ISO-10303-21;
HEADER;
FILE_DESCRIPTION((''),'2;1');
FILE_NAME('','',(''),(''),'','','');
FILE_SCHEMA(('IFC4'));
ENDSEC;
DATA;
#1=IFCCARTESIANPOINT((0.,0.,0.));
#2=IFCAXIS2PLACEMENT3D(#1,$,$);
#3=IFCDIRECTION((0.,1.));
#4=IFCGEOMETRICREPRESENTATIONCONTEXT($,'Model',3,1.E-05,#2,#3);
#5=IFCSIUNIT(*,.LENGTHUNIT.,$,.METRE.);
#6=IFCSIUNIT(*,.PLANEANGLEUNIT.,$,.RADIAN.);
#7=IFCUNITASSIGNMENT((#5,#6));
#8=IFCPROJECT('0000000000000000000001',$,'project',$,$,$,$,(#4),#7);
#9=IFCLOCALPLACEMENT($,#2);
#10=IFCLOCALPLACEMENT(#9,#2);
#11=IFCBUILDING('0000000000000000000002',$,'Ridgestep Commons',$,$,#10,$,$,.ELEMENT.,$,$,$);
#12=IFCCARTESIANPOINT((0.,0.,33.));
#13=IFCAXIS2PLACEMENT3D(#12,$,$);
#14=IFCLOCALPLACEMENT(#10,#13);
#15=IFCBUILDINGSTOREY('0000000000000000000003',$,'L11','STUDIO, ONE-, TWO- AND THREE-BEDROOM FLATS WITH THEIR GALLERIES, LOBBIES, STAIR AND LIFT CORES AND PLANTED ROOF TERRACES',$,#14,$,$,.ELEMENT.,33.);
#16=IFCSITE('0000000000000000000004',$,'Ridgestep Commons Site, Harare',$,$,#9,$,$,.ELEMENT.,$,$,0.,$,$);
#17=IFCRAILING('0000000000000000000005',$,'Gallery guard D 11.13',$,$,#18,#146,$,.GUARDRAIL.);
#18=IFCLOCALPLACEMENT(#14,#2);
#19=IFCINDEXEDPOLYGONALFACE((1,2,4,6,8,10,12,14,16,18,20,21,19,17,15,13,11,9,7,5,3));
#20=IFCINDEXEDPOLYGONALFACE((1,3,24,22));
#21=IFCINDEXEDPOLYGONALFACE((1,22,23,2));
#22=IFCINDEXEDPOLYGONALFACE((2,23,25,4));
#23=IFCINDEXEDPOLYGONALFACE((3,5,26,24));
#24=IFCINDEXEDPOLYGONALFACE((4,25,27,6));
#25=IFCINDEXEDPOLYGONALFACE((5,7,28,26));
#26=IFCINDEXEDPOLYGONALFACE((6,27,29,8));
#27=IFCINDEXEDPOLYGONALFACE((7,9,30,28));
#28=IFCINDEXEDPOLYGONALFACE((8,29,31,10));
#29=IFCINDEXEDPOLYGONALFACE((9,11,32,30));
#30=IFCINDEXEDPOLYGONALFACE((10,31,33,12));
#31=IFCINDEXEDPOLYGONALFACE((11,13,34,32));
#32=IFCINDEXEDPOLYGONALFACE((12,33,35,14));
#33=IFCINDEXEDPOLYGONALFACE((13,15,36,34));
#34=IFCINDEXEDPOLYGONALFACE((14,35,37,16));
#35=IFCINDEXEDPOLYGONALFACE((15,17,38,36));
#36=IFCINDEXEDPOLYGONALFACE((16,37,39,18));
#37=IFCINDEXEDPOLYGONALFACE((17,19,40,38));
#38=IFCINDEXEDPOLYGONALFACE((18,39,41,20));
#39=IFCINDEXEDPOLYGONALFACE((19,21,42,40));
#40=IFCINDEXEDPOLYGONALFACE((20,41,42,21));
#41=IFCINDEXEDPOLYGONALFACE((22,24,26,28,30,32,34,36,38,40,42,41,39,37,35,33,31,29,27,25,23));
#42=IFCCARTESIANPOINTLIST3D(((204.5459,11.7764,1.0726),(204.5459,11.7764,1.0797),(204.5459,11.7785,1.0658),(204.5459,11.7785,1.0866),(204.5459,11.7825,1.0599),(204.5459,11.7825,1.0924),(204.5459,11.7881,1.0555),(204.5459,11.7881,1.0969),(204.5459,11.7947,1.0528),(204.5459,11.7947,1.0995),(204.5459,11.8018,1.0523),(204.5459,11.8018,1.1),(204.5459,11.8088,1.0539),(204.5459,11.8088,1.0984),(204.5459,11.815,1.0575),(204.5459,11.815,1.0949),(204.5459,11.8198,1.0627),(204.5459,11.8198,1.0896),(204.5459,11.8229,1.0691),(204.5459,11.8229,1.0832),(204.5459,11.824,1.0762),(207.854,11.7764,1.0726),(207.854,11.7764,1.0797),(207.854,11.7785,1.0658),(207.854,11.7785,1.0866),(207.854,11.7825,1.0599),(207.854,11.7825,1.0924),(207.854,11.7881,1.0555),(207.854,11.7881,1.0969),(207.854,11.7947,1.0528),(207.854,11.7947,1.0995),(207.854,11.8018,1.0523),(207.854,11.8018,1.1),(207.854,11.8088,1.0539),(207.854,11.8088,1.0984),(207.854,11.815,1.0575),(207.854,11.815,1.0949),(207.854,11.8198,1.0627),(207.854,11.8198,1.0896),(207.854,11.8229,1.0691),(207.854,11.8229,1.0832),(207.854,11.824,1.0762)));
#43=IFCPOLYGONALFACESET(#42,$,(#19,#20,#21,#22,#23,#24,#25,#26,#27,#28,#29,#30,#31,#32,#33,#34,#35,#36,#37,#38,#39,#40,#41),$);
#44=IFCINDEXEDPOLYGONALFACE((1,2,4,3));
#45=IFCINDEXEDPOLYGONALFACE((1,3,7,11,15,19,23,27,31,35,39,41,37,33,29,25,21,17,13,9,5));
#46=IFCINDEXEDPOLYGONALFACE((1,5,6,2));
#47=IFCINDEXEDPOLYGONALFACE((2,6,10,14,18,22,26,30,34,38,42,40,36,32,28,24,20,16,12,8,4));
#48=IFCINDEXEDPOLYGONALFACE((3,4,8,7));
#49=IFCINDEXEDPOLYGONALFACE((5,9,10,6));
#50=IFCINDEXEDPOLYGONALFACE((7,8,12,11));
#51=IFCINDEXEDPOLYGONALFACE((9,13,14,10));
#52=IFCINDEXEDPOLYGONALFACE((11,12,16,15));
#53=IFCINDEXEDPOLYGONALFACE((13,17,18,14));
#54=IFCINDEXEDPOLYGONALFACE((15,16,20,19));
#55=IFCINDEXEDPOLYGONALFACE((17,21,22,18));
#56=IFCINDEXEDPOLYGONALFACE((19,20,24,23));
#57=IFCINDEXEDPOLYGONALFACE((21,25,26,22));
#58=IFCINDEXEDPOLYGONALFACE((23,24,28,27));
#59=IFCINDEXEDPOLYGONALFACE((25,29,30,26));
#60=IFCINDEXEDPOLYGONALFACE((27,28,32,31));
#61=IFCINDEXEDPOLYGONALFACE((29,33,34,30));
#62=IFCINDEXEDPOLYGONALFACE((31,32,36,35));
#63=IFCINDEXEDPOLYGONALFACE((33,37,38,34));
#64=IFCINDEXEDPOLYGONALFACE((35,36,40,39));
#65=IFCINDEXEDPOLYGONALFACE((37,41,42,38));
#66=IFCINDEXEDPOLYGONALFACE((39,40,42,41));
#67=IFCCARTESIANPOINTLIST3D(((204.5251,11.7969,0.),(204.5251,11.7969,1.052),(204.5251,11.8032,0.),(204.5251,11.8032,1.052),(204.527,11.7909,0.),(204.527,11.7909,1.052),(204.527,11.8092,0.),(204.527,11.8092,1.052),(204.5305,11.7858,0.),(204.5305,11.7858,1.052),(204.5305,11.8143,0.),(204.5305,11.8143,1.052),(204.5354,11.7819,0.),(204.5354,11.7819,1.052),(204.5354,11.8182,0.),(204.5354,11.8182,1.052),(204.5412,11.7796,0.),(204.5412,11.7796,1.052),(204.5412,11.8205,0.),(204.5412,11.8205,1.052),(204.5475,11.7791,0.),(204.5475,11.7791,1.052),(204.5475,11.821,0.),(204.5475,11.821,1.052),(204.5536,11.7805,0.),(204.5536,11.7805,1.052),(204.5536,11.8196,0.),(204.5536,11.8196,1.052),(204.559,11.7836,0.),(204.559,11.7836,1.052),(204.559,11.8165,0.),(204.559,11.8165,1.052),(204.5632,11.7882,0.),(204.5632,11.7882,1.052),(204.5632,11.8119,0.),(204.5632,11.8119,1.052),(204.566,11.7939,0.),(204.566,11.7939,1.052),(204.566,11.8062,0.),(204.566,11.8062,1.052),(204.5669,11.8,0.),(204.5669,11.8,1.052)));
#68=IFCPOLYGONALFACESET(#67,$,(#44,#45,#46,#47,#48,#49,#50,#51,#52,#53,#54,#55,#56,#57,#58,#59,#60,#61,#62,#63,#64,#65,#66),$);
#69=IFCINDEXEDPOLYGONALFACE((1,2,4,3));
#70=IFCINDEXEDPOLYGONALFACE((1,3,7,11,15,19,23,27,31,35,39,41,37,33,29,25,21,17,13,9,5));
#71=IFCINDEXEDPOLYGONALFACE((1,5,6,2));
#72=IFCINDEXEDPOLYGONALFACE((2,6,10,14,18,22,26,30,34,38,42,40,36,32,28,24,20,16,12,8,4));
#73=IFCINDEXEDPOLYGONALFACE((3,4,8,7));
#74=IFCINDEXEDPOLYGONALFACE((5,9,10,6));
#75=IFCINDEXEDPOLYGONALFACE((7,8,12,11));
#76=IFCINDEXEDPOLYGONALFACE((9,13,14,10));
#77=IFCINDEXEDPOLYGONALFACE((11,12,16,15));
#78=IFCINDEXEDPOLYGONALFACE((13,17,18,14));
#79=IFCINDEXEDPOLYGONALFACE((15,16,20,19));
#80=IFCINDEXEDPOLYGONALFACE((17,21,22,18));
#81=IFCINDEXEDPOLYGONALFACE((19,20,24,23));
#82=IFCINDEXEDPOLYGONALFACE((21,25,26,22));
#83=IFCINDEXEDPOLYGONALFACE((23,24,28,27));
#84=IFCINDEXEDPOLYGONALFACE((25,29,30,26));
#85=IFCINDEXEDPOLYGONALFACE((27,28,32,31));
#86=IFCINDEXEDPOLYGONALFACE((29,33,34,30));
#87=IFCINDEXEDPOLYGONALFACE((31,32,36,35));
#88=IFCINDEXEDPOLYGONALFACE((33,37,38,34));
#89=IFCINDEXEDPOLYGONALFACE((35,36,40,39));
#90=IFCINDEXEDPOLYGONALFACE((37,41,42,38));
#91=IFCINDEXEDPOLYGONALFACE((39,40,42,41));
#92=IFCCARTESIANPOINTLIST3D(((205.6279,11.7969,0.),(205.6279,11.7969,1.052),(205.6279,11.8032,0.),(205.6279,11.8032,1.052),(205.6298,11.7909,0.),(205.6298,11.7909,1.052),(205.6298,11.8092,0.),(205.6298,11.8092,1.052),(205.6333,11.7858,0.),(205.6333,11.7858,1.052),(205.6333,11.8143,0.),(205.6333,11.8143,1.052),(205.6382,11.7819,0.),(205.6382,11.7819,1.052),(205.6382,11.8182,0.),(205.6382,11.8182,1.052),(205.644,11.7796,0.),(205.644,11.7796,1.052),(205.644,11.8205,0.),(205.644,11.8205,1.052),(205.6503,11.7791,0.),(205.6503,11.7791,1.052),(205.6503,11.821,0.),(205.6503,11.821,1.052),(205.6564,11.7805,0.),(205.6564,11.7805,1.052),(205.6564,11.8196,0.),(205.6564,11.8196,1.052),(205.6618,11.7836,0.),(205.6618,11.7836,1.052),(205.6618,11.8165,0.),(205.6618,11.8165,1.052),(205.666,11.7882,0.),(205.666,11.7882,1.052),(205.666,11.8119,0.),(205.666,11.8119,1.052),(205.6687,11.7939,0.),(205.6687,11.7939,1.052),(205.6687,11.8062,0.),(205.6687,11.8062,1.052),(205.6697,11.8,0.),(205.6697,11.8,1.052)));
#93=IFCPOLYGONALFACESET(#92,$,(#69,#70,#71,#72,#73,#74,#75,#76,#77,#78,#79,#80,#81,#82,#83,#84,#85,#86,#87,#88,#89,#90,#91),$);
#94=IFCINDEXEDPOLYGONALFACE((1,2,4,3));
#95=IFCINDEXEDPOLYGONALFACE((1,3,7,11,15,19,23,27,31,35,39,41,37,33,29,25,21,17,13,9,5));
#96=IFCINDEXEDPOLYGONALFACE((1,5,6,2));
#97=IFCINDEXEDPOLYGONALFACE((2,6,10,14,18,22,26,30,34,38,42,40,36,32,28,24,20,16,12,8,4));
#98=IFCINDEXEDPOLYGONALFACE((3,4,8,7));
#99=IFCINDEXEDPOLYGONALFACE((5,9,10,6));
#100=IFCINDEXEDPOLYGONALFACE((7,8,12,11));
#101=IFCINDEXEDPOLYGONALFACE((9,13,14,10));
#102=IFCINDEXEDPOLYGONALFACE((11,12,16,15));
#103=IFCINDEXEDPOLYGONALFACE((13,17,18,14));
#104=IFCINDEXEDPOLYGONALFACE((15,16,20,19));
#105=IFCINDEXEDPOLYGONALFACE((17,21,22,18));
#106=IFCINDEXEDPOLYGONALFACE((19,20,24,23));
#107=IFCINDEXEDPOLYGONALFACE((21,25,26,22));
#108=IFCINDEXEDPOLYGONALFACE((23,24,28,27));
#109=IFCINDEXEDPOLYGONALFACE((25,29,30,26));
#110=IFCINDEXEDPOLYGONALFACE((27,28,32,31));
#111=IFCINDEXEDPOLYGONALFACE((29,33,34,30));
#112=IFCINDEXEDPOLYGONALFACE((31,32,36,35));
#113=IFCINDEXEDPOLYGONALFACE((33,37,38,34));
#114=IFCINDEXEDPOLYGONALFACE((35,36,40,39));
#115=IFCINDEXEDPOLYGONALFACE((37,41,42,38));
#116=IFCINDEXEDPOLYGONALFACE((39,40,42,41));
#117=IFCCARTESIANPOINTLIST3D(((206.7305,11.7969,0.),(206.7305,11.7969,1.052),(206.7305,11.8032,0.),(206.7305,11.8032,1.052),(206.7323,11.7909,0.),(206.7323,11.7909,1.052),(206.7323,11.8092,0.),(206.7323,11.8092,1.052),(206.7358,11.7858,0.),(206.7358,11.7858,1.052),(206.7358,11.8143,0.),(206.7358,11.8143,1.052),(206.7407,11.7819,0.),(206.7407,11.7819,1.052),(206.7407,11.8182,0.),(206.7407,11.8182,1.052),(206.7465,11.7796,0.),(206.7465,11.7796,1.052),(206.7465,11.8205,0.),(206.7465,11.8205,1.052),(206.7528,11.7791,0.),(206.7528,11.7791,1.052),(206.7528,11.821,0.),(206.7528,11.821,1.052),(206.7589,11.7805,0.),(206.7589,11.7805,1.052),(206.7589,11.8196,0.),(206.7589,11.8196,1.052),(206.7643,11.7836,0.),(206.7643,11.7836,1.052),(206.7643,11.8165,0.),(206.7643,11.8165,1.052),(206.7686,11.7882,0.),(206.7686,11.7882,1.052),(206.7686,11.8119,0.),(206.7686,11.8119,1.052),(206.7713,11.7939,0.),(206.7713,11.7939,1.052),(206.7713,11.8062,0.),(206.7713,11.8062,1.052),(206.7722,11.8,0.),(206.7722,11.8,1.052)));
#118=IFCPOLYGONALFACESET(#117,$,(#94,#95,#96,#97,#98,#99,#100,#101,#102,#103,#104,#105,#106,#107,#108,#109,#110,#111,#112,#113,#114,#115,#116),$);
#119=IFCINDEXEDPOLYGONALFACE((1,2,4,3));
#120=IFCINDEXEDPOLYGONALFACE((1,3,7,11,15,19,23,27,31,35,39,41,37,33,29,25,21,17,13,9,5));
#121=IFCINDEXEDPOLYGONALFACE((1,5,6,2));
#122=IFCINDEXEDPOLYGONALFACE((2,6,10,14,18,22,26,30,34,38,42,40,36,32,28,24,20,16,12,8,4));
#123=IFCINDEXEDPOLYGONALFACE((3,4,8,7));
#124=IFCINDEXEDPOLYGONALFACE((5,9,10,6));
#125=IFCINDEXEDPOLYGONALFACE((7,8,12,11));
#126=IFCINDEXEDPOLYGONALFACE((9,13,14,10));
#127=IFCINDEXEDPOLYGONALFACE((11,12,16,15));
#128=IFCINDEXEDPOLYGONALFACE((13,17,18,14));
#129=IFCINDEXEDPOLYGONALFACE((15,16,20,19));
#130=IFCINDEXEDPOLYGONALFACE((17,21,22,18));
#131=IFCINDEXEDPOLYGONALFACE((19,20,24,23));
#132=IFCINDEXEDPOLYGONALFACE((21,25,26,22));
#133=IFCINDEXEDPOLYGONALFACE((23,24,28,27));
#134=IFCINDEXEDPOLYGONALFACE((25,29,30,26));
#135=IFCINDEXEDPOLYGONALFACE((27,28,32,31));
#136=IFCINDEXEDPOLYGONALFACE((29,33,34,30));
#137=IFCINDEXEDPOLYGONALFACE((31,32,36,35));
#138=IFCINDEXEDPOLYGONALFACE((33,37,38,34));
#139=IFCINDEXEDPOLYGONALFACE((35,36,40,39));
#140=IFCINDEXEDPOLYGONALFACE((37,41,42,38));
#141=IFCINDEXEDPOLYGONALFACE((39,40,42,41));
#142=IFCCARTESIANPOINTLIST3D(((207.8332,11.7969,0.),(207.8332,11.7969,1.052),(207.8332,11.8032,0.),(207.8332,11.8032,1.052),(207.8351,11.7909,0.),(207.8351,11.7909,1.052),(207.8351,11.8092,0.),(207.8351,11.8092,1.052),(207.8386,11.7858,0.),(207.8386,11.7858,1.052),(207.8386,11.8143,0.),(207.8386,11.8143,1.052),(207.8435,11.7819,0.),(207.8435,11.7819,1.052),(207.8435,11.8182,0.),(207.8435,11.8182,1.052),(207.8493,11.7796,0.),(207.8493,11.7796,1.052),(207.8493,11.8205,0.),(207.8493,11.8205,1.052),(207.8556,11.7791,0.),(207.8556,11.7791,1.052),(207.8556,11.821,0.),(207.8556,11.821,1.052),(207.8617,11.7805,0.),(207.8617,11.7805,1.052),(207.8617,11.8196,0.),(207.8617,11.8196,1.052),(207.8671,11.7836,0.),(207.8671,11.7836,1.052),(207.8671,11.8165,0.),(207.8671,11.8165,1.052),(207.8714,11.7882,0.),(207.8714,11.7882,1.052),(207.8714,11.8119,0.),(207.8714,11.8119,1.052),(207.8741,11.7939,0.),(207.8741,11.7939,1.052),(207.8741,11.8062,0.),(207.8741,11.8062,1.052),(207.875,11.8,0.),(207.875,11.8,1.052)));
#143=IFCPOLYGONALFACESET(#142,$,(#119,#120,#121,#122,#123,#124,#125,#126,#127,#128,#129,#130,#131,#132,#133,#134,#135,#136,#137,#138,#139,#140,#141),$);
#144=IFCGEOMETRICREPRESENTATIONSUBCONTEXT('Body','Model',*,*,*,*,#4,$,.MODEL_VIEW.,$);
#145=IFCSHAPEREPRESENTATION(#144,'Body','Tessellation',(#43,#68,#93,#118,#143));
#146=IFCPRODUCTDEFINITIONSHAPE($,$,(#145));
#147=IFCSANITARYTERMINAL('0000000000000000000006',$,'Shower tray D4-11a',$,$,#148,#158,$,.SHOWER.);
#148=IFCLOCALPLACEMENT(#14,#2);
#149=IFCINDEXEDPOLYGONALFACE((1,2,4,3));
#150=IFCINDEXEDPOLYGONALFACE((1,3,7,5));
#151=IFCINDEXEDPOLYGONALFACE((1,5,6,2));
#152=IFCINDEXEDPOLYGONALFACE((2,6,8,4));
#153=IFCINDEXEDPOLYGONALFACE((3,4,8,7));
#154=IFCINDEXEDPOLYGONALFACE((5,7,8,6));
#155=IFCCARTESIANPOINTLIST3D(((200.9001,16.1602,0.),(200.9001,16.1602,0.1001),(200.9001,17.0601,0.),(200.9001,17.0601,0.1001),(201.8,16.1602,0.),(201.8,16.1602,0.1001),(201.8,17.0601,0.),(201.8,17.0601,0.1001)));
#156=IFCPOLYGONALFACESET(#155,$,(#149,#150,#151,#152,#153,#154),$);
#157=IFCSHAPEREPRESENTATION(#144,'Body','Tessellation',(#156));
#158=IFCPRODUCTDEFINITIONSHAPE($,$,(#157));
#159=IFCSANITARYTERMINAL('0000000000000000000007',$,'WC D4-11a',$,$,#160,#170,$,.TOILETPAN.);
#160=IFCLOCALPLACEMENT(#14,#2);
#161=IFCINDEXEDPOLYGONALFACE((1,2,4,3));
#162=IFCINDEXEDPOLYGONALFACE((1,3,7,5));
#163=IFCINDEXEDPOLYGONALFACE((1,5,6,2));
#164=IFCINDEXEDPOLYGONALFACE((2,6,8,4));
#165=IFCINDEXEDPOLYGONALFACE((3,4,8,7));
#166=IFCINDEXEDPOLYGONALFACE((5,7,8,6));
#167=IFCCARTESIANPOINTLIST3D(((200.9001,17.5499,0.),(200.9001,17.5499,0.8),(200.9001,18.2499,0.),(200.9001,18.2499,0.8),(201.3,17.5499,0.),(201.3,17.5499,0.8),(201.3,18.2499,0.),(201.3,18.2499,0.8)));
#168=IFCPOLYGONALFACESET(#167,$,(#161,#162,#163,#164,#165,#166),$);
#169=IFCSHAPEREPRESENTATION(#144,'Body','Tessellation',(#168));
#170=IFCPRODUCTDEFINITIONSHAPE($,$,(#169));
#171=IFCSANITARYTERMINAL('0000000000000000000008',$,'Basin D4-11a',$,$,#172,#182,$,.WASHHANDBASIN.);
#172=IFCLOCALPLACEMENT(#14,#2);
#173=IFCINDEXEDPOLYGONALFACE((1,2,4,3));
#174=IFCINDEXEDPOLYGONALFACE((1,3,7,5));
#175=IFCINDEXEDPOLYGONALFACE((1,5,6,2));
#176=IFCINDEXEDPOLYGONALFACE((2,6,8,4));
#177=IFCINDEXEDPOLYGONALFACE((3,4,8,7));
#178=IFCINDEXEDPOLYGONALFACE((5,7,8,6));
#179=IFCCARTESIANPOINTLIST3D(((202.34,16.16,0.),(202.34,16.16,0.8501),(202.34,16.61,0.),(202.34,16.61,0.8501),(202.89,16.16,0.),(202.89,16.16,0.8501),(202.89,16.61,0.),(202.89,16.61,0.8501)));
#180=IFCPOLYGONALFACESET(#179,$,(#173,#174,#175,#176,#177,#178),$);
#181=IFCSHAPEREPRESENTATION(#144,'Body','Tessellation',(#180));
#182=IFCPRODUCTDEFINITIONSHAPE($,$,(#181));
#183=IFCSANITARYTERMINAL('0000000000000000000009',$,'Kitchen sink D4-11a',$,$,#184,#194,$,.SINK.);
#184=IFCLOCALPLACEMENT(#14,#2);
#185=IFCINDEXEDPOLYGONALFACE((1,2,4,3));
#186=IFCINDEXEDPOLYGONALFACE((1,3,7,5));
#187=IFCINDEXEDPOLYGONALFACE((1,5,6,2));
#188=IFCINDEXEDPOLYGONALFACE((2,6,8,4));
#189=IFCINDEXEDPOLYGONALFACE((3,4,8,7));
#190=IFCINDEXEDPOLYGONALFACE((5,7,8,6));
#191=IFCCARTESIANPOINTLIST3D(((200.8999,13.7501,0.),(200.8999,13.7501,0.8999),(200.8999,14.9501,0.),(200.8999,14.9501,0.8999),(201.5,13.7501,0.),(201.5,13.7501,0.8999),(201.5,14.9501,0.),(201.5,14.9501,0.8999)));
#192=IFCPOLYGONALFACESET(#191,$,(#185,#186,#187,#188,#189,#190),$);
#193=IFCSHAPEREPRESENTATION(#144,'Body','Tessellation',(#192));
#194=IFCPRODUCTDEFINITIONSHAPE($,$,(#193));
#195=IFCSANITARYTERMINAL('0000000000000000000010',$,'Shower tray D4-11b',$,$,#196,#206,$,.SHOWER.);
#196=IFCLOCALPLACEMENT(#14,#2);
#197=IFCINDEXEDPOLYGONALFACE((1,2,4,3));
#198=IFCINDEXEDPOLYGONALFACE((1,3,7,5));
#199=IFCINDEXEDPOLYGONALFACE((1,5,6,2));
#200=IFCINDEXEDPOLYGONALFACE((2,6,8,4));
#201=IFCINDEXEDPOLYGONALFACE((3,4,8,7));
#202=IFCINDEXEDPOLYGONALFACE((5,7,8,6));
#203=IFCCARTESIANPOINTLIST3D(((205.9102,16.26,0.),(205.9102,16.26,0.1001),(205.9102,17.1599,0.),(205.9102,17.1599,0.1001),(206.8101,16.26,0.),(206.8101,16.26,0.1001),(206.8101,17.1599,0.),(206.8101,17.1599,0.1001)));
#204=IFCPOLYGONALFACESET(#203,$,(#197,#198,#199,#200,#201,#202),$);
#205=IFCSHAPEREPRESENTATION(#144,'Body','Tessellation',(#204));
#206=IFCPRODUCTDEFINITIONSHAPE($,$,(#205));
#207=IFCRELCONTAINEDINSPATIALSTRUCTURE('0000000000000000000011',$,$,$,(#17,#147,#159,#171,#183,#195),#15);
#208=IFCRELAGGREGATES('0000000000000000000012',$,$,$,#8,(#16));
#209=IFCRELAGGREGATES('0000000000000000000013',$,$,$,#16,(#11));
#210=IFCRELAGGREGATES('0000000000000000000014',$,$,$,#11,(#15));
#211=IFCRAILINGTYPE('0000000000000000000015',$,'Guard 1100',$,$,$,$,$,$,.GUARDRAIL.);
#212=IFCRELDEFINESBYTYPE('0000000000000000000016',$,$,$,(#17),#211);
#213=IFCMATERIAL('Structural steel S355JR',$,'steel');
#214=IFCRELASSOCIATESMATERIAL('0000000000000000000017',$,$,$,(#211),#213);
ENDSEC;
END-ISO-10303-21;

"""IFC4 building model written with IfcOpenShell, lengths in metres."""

from ifc_helpers import new_model, si_unit, direction, frame, origin, origin_2d, place, context, subcontext, project, spatial, rectangle, circle, extrude, material, type_object, element, save


model = new_model("IFC4")

# Units and contexts
model_context = context("Model", 3, precision=1e-05, world=origin(), true_north=direction((0.0, 1.0)))
body_context = subcontext(model_context, "Body", "Model", "MODEL_VIEW")
ifc_project = project(units=[si_unit("LENGTHUNIT", "METRE"), si_unit("PLANEANGLEUNIT", "RADIAN")], contexts=[model_context])

# Site, building, storey
site_placement = place(None, origin())
site = spatial("IfcSite", under=ifc_project, at=site_placement, Name="Ridgestep Commons Site, Harare", CompositionType="ELEMENT", RefElevation=0.0)
building_placement = place(site_placement, origin())
building = spatial("IfcBuilding", under=site, at=building_placement, Name="Ridgestep Commons", CompositionType="ELEMENT")
storey_placement = place(building_placement, frame((0.0, 0.0, 33.0)))
storey = spatial("IfcBuildingStorey", under=building, at=storey_placement, Name="L11", Description="STUDIO, ONE-, TWO- AND THREE-BEDROOM FLATS WITH THEIR GALLERIES, LOBBIES, STAIR AND LIFT CORES AND PLANTED ROOF TERRACES", CompositionType="ELEMENT", Elevation=33.0)

# Railing
ifc_material_1 = material(Name="Structural steel S355JR", Category="steel")
railing_type = type_object("IfcRailingType", Name="Guard 1100", PredefinedType="GUARDRAIL", material=ifc_material_1)
railing_placement = place(storey_placement, frame((204.5459, 11.8, 0.0)))
element("IfcRailing", 1, at=railing_placement, inside=storey, type_object=railing_type, Name="Gallery guard D 11.13", PredefinedType="GUARDRAIL", context=body_context, shape_type="SweptSolid", body=[
    extrude(circle(Radius=0.0239, at=origin_2d()), frame((0.0, 0.0, 1.0762), z_axis=(1.0, 0.0, 0.0), x_axis=(0.0, 1.0, 0.0)), (0.0, 0.0, 1.0), 3.3081),
    extrude(circle(Radius=0.021, at=origin_2d()), origin(), (0.0, 0.0, 1.0), 1.052),
    extrude(circle(Radius=0.021, at=origin_2d()), frame((1.1028, 0.0, 0.0)), (0.0, 0.0, 1.0), 1.052),
    extrude(circle(Radius=0.021, at=origin_2d()), frame((2.2053, 0.0, 0.0)), (0.0, 0.0, 1.0), 1.052),
    extrude(circle(Radius=0.021, at=origin_2d()), frame((3.3081, 0.0, 0.0)), (0.0, 0.0, 1.0), 1.052),
])

# Sanitary terminals
sanitary_terminal_1_placement = place(storey_placement, frame((201.3501, 16.6101, 0.0), z_axis=(0.0, 0.0, 1.0), x_axis=(1.0, 0.0, 0.0)))
element("IfcSanitaryTerminal", 2, at=sanitary_terminal_1_placement, inside=storey, Name="Shower tray D4-11a", PredefinedType="SHOWER", context=body_context, shape_type="SweptSolid", body=[
    extrude(rectangle(XDim=0.8999, YDim=0.8999, at=origin_2d()), origin(), (0.0, 0.0, 1.0), 0.1001),
])
sanitary_terminal_2_placement = place(storey_placement, frame((201.1001, 17.8999, 0.0), z_axis=(0.0, 0.0, 1.0), x_axis=(1.0, 0.0, 0.0)))
element("IfcSanitaryTerminal", 3, at=sanitary_terminal_2_placement, inside=storey, Name="WC D4-11a", PredefinedType="TOILETPAN", context=body_context, shape_type="SweptSolid", body=[
    extrude(rectangle(XDim=0.3999, YDim=0.7, at=origin_2d()), origin(), (0.0, 0.0, 1.0), 0.8),
])
sanitary_terminal_3_placement = place(storey_placement, frame((202.615, 16.385, 0.0), z_axis=(0.0, 0.0, 1.0), x_axis=(1.0, 0.0, 0.0)))
element("IfcSanitaryTerminal", 4, at=sanitary_terminal_3_placement, inside=storey, Name="Basin D4-11a", PredefinedType="WASHHANDBASIN", context=body_context, shape_type="SweptSolid", body=[
    extrude(rectangle(XDim=0.55, YDim=0.45, at=origin_2d()), origin(), (0.0, 0.0, 1.0), 0.8501),
])
sanitary_terminal_4_placement = place(storey_placement, frame((201.2, 14.3501, 0.0), z_axis=(0.0, 0.0, 1.0), x_axis=(1.0, 0.0, 0.0)))
element("IfcSanitaryTerminal", 5, at=sanitary_terminal_4_placement, inside=storey, Name="Kitchen sink D4-11a", PredefinedType="SINK", context=body_context, shape_type="SweptSolid", body=[
    extrude(rectangle(XDim=0.6001, YDim=1.2, at=origin_2d()), origin(), (0.0, 0.0, 1.0), 0.8999),
])
sanitary_terminal_5_placement = place(storey_placement, frame((206.3601, 16.71, 0.0), z_axis=(0.0, 0.0, 1.0), x_axis=(1.0, 0.0, 0.0)))
element("IfcSanitaryTerminal", 6, at=sanitary_terminal_5_placement, inside=storey, Name="Shower tray D4-11b", PredefinedType="SHOWER", context=body_context, shape_type="SweptSolid", body=[
    extrude(rectangle(XDim=0.8999, YDim=0.8999, at=origin_2d()), origin(), (0.0, 0.0, 1.0), 0.1001),
])

save(model, "model.ifc")
